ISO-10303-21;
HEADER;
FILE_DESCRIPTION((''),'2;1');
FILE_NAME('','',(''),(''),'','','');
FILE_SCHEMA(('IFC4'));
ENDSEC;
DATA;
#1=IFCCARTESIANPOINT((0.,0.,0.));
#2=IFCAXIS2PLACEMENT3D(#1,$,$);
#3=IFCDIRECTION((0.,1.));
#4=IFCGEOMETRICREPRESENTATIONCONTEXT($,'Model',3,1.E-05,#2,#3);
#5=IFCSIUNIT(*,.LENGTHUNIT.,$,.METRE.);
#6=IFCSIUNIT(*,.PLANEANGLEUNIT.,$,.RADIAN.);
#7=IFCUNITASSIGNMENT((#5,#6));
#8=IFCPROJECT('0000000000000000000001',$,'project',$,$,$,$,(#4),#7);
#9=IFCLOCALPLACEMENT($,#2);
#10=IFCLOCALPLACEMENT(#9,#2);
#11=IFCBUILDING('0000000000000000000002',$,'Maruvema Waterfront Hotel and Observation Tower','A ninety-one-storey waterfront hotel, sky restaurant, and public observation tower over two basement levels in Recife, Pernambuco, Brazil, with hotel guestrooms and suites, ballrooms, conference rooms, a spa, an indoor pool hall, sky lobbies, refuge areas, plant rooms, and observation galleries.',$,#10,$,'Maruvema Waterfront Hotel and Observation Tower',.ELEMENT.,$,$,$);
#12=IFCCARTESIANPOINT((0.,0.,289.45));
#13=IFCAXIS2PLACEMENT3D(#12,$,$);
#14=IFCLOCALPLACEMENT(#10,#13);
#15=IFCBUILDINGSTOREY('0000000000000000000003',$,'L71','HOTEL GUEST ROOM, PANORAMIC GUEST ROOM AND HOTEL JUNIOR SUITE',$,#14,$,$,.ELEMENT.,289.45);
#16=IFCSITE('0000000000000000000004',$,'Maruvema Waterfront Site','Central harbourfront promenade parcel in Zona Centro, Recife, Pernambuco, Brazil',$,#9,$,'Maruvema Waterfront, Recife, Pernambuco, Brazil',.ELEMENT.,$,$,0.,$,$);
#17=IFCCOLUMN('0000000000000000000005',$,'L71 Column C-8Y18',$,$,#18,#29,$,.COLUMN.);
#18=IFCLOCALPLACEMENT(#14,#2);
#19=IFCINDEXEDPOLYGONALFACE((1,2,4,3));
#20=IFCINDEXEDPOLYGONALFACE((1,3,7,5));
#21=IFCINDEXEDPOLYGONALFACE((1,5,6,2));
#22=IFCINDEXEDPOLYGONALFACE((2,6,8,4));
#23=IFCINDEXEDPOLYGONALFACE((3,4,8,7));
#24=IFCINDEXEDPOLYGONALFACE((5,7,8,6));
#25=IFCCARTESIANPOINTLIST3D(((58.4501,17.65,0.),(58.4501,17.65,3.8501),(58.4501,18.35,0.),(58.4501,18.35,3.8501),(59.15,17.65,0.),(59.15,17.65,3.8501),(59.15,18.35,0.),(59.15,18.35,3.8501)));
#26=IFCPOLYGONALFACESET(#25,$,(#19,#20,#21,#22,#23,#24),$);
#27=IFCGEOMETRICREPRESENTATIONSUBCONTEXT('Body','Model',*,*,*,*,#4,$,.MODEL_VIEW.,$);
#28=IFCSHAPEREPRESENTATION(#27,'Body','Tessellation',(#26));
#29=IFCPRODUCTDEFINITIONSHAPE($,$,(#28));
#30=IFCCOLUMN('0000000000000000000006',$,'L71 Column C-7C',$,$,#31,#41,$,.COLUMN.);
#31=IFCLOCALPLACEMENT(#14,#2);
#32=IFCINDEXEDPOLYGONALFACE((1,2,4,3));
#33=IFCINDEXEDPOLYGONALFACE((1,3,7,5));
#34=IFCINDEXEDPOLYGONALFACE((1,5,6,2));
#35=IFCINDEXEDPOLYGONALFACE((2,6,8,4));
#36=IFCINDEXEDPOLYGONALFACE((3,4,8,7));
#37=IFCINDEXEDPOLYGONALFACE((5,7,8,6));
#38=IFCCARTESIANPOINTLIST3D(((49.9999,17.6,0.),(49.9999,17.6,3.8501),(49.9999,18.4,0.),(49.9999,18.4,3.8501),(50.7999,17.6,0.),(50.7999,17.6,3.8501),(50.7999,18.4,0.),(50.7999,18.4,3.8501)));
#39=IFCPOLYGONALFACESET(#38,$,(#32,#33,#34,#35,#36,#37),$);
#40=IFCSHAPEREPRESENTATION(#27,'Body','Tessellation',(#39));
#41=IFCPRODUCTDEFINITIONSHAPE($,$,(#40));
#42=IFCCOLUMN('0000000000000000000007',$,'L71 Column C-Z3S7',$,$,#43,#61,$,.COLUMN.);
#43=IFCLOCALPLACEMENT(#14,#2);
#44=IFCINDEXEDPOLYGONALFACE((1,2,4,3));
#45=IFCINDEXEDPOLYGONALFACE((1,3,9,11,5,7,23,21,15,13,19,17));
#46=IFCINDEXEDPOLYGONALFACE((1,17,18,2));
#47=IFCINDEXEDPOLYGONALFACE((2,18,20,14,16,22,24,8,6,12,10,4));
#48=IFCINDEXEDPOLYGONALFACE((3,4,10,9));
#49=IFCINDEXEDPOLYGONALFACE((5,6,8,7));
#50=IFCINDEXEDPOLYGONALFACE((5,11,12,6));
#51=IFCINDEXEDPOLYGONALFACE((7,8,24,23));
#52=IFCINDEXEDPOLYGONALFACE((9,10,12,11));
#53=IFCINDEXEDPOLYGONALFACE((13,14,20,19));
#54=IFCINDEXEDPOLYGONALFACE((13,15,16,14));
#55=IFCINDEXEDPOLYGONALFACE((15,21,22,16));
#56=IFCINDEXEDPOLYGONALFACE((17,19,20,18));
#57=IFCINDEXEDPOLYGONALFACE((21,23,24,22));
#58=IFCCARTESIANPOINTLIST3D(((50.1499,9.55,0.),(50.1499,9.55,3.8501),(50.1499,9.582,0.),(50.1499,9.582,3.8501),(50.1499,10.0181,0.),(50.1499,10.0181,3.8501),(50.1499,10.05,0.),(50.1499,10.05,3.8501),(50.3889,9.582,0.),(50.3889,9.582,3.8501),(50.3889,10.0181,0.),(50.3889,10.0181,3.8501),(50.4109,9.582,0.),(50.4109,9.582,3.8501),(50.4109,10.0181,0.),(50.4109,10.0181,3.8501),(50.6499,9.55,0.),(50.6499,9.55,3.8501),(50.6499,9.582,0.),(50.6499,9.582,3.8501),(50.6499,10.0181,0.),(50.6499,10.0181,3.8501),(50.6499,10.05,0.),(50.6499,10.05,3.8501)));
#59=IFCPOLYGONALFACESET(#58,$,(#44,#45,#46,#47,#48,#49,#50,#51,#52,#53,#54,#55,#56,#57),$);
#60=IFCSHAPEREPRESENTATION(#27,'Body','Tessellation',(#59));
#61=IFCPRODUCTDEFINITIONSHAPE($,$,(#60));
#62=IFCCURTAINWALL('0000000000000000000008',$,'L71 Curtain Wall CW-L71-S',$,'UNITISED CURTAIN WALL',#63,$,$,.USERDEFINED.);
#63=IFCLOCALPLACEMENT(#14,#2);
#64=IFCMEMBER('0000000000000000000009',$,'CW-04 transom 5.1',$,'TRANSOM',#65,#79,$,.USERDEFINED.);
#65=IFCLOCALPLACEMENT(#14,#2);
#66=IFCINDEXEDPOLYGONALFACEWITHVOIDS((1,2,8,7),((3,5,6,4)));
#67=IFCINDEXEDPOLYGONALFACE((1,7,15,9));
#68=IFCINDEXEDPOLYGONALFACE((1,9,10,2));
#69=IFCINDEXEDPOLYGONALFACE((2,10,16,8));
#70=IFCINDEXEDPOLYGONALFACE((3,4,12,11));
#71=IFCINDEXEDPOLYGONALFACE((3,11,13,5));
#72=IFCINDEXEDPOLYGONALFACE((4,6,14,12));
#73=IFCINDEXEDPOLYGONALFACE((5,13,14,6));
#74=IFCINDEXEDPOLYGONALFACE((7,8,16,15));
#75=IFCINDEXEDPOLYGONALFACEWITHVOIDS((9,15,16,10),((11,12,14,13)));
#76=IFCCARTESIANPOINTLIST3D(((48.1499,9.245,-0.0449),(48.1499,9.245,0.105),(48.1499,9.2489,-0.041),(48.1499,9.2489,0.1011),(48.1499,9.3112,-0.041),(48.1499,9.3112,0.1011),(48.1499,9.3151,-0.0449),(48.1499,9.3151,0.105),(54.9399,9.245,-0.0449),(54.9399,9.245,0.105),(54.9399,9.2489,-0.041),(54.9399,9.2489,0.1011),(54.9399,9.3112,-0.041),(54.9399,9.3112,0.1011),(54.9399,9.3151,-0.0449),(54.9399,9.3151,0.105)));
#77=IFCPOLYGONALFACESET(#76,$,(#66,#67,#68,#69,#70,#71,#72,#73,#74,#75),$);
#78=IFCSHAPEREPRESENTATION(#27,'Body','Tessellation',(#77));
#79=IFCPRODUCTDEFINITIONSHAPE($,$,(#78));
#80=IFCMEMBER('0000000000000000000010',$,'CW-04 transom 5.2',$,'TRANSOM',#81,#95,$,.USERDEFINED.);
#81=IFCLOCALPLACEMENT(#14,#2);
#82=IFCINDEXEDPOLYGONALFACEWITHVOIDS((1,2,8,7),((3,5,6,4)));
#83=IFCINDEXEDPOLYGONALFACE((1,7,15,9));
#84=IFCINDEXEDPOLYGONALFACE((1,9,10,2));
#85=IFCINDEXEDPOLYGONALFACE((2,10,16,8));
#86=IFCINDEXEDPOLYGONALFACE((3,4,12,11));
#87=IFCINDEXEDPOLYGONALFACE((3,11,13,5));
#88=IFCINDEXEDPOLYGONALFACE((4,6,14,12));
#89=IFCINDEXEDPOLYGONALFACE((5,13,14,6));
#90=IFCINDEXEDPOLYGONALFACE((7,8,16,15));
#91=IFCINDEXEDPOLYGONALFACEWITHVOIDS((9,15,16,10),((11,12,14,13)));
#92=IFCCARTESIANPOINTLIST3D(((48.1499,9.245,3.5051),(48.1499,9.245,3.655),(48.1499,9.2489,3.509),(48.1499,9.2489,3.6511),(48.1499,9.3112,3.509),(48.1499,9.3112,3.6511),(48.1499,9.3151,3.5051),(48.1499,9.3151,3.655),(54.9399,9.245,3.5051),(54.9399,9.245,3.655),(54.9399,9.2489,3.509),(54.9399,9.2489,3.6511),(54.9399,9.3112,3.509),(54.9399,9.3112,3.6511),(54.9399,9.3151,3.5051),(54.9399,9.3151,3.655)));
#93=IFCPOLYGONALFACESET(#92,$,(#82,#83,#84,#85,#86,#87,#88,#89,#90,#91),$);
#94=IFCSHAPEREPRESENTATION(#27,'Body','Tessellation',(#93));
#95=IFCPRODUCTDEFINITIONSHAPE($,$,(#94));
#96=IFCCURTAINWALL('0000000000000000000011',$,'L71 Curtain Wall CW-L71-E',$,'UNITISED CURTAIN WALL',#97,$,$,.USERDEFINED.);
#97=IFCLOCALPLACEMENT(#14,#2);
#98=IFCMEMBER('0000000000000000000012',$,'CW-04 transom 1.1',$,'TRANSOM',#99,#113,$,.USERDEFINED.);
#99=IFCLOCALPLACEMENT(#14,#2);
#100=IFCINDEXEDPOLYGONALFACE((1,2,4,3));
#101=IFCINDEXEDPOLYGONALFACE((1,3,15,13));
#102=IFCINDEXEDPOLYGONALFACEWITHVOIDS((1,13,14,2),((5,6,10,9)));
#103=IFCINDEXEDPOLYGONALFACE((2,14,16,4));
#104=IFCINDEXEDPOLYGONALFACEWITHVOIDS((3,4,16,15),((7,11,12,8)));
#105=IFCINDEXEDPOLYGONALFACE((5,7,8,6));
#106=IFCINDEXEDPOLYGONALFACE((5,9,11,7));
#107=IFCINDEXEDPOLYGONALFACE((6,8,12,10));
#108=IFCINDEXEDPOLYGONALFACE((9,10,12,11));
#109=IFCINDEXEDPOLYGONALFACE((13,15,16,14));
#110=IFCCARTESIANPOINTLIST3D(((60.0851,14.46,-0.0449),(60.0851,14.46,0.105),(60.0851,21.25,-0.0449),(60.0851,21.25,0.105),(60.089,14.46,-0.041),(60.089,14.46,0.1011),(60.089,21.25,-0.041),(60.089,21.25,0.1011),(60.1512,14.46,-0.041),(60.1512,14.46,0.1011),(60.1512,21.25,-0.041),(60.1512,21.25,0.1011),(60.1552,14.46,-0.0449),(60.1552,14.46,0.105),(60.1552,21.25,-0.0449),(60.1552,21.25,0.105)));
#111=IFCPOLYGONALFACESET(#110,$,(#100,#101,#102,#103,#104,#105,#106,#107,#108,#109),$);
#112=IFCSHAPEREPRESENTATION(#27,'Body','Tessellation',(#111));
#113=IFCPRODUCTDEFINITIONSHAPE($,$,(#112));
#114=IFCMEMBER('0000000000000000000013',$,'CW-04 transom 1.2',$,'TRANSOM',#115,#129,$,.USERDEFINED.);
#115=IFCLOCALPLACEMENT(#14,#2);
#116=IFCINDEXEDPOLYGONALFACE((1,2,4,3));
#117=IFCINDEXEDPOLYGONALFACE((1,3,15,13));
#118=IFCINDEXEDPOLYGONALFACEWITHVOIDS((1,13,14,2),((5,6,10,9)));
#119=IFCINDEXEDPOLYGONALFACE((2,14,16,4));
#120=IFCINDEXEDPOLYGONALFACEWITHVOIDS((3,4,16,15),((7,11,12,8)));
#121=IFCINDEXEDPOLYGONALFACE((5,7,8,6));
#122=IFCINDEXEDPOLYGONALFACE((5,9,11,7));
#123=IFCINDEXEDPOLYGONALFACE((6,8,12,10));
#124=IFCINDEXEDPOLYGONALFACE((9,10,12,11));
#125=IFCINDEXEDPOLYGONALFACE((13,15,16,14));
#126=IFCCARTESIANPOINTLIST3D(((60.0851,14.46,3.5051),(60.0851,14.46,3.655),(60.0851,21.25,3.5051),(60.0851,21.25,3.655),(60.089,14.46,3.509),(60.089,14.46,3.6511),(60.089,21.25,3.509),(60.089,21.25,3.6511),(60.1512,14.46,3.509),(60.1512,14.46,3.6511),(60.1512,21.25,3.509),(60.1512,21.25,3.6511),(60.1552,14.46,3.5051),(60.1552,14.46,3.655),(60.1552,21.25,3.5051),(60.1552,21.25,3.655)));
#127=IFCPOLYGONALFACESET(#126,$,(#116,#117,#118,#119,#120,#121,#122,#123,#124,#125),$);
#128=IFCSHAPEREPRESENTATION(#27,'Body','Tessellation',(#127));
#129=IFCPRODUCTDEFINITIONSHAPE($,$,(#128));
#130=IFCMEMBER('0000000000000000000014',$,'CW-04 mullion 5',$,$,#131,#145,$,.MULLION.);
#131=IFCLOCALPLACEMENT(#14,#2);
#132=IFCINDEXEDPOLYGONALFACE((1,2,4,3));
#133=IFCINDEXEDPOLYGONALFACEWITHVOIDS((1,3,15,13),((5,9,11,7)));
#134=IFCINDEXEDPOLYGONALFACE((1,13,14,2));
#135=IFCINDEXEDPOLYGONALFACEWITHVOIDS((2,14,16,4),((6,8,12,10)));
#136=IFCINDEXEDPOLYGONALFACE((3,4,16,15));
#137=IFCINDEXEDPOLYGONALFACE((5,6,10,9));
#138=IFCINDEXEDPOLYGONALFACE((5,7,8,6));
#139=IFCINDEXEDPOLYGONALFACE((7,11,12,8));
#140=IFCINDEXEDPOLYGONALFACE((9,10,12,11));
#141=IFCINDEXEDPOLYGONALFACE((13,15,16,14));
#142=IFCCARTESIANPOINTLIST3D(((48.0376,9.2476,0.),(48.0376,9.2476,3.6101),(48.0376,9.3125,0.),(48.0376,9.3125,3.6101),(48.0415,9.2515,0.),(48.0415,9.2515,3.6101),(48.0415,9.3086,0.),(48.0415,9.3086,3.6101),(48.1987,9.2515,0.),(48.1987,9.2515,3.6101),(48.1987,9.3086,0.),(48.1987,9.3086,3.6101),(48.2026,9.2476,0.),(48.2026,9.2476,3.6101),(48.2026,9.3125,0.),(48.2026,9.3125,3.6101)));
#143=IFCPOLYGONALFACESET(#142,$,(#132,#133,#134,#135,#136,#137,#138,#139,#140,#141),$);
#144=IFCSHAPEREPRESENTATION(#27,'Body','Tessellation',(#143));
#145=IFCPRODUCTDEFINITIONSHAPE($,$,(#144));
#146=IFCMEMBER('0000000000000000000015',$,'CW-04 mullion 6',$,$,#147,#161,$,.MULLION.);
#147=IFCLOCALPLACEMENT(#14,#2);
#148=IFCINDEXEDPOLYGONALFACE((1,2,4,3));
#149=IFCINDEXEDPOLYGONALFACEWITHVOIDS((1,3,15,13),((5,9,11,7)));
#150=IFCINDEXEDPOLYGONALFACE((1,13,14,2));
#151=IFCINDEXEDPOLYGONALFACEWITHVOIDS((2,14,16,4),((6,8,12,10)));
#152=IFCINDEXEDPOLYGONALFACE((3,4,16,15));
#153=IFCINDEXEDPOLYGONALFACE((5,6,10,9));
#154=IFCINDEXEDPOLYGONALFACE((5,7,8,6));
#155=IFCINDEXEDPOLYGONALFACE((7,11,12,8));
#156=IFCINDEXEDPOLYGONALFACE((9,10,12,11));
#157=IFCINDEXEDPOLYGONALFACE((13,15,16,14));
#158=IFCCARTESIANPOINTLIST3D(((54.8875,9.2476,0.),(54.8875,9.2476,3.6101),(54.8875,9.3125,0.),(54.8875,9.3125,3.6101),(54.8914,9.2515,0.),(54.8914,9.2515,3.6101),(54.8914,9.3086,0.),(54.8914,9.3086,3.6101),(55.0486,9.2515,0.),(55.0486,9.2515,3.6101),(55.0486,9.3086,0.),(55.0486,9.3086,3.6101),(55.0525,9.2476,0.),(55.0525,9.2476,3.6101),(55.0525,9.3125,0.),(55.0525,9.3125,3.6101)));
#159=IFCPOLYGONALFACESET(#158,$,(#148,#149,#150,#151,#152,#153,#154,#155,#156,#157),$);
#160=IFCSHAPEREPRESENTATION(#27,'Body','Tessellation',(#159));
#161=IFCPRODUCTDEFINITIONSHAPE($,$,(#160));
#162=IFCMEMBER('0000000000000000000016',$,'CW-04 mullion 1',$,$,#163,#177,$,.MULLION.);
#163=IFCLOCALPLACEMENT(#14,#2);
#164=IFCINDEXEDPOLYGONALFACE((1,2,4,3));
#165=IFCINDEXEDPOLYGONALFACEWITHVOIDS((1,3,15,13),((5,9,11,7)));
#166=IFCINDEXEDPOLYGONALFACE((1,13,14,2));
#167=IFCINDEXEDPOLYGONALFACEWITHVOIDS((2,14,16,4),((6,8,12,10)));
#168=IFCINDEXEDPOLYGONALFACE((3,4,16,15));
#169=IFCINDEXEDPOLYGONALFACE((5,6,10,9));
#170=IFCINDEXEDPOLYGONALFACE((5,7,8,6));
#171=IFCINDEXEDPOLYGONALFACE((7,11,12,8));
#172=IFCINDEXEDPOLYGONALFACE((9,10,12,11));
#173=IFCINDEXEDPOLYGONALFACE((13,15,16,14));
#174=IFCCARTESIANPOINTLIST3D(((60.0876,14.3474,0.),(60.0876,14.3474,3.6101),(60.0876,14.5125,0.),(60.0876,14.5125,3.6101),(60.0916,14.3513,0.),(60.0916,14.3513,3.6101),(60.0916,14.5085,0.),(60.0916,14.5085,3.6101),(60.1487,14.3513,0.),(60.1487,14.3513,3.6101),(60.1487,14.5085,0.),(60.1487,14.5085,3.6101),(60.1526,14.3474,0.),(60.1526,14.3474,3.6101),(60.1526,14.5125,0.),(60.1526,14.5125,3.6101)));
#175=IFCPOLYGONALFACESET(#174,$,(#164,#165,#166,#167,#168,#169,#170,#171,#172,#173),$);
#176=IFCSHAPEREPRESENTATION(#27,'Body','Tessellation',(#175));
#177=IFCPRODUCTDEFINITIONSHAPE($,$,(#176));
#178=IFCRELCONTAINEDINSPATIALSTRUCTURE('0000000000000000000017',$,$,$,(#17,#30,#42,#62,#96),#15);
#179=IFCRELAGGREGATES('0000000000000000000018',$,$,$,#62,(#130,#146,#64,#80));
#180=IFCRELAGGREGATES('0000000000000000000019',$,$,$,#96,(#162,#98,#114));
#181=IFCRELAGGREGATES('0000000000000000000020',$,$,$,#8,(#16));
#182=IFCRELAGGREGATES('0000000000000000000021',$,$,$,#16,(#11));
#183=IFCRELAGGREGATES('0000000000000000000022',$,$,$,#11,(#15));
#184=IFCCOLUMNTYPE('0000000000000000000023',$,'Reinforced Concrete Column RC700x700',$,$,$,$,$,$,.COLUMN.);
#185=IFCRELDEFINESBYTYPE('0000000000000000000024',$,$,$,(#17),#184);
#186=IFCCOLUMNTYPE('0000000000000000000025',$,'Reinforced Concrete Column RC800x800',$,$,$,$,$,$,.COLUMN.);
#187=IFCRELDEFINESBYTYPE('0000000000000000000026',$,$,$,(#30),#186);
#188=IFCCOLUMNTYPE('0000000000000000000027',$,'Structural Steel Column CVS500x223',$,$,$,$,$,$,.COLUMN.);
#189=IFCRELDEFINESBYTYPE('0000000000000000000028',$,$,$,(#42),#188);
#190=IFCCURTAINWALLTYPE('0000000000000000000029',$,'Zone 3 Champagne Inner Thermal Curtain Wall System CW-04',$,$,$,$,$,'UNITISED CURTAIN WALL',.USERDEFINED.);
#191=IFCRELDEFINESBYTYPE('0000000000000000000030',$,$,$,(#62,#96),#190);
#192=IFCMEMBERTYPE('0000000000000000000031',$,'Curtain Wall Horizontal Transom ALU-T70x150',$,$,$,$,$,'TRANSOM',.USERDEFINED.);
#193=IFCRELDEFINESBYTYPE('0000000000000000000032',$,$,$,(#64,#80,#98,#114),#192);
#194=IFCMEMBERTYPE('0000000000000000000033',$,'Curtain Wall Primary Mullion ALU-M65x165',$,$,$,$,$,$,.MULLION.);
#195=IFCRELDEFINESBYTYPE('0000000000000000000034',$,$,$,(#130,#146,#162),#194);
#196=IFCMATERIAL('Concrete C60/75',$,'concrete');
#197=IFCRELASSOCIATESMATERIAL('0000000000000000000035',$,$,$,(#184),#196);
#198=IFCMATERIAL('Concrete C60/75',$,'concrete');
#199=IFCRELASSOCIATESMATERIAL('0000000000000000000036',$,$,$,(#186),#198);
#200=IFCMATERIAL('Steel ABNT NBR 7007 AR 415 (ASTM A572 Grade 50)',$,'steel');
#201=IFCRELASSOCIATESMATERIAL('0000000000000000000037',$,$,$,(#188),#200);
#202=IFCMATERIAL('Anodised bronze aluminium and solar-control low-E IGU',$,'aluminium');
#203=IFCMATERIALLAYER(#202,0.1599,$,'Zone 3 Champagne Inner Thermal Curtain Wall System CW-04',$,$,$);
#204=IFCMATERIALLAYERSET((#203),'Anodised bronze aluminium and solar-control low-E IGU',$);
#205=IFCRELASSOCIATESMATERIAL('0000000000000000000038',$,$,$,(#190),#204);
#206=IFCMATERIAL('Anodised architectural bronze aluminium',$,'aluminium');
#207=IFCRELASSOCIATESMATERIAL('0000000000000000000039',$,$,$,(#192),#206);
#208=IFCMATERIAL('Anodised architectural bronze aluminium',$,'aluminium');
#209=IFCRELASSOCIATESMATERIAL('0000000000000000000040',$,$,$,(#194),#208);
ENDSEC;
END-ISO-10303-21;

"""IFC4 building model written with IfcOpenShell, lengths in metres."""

from ifc_helpers import new_model, si_unit, direction, frame, origin, origin_2d, place, context, subcontext, project, spatial, rectangle, hollow_rectangle, i_section, extrude, material, layer, layer_set, material_profile, profile_set, type_object, element, aggregate, save


model = new_model("IFC4")

# Units and contexts
model_context = context("Model", 3, precision=1e-05, world=origin(), true_north=direction((0.0, 1.0)))
body_context = subcontext(model_context, "Body", "Model", "MODEL_VIEW")
ifc_project = project(units=[si_unit("LENGTHUNIT", "METRE"), si_unit("PLANEANGLEUNIT", "RADIAN")], contexts=[model_context])

# Site, building, storey
site_placement = place(None, origin())
site = spatial("IfcSite", under=ifc_project, at=site_placement, Name="Maruvema Waterfront Site", Description="Central harbourfront promenade parcel in Zona Centro, Recife, Pernambuco, Brazil", LongName="Maruvema Waterfront, Recife, Pernambuco, Brazil", CompositionType="ELEMENT", RefElevation=0.0)
building_placement = place(site_placement, origin())
building = spatial("IfcBuilding", under=site, at=building_placement, Name="Maruvema Waterfront Hotel and Observation Tower", Description="A ninety-one-storey waterfront hotel, sky restaurant, and public observation tower over two basement levels in Recife, Pernambuco, Brazil, with hotel guestrooms and suites, ballrooms, conference rooms, a spa, an indoor pool hall, sky lobbies, refuge areas, plant rooms, and observation galleries.", LongName="Maruvema Waterfront Hotel and Observation Tower", CompositionType="ELEMENT")
storey_placement = place(building_placement, frame((0.0, 0.0, 289.45)))
storey = spatial("IfcBuildingStorey", under=building, at=storey_placement, Name="L71", Description="HOTEL GUEST ROOM, PANORAMIC GUEST ROOM AND HOTEL JUNIOR SUITE", CompositionType="ELEMENT", Elevation=289.45)

# Columns
ifc_material_1 = material(Name="Concrete C60/75", Category="concrete")
ifc_material_profile_1 = material_profile(ifc_material_1, rectangle(XDim=0.7, YDim=0.7, at=origin_2d()), Name="RC700x700")
ifc_profile_set_1 = profile_set([ifc_material_profile_1], Name="Concrete C60/75")
column_type_1 = type_object("IfcColumnType", Name="Reinforced Concrete Column RC700x700", PredefinedType="COLUMN", material=ifc_profile_set_1)
column_1_placement = place(storey_placement, frame((58.8, 18.0, 0.0), z_axis=(0.0, 0.0, 1.0), x_axis=(1.0, 0.0, 0.0)))
element("IfcColumn", 1, at=column_1_placement, inside=storey, type_object=column_type_1, Name="L71 Column C-8Y18", PredefinedType="COLUMN", context=body_context, shape_type="SweptSolid", body=[
    extrude(rectangle(XDim=0.7, YDim=0.7, at=origin_2d()), origin(), (0.0, 0.0, 1.0), 3.8501),
])
ifc_material_2 = material(Name="Concrete C60/75", Category="concrete")
ifc_material_profile_2 = material_profile(ifc_material_2, rectangle(XDim=0.8, YDim=0.8, at=origin_2d()), Name="RC800x800")
ifc_profile_set_2 = profile_set([ifc_material_profile_2], Name="Concrete C60/75")
column_type_2 = type_object("IfcColumnType", Name="Reinforced Concrete Column RC800x800", PredefinedType="COLUMN", material=ifc_profile_set_2)
column_2_placement = place(storey_placement, frame((50.3999, 18.0, 0.0), z_axis=(0.0, 0.0, 1.0), x_axis=(1.0, 0.0, 0.0)))
element("IfcColumn", 2, at=column_2_placement, inside=storey, type_object=column_type_2, Name="L71 Column C-7C", PredefinedType="COLUMN", context=body_context, shape_type="SweptSolid", body=[
    extrude(rectangle(XDim=0.8, YDim=0.8, at=origin_2d()), origin(), (0.0, 0.0, 1.0), 3.8501),
])
ifc_material_3 = material(Name="Steel ABNT NBR 7007 AR 415 (ASTM A572 Grade 50)", Category="steel")
ifc_material_profile_3 = material_profile(ifc_material_3, i_section(OverallWidth=0.5, OverallDepth=0.5, WebThickness=0.022, FlangeThickness=0.032, at=origin_2d()), Name="CVS500x223")
ifc_profile_set_3 = profile_set([ifc_material_profile_3], Name="Steel ABNT NBR 7007 AR 415 (ASTM A572 Grade 50)")
column_type_3 = type_object("IfcColumnType", Name="Structural Steel Column CVS500x223", PredefinedType="COLUMN", material=ifc_profile_set_3)
column_3_placement = place(storey_placement, frame((50.3999, 9.8, 0.0), z_axis=(0.0, 0.0, 1.0), x_axis=(1.0, 0.0, 0.0)))
element("IfcColumn", 3, at=column_3_placement, inside=storey, type_object=column_type_3, Name="L71 Column C-Z3S7", PredefinedType="COLUMN", context=body_context, shape_type="SweptSolid", body=[
    extrude(i_section(OverallWidth=0.5, OverallDepth=0.5, WebThickness=0.022, FlangeThickness=0.032, at=origin_2d()), origin(), (0.0, 0.0, 1.0), 3.8501),
])

# Curtain walls, members
ifc_material_4 = material(Name="Anodised bronze aluminium and solar-control low-E IGU", Category="aluminium")
ifc_layer_1 = layer(ifc_material_4, 0.1599, Name="Zone 3 Champagne Inner Thermal Curtain Wall System CW-04")
ifc_layer_set_1 = layer_set([ifc_layer_1], Name="Anodised bronze aluminium and solar-control low-E IGU")
curtain_wall_type = type_object("IfcCurtainWallType", Name="Zone 3 Champagne Inner Thermal Curtain Wall System CW-04", ElementType="UNITISED CURTAIN WALL", PredefinedType="USERDEFINED", material=ifc_layer_set_1)
curtain_wall_1_placement = place(storey_placement, origin())
curtain_wall_1 = element("IfcCurtainWall", 4, at=curtain_wall_1_placement, inside=storey, type_object=curtain_wall_type, Name="L71 Curtain Wall CW-L71-S", ObjectType="UNITISED CURTAIN WALL", PredefinedType="USERDEFINED")
ifc_material_5 = material(Name="Anodised architectural bronze aluminium", Category="aluminium")
ifc_material_profile_4 = material_profile(ifc_material_5, hollow_rectangle(XDim=0.0701, YDim=0.1499, WallThickness=0.0039, at=origin_2d()), Name="ALU-T70x150")
ifc_profile_set_4 = profile_set([ifc_material_profile_4], Name="Anodised architectural bronze aluminium")
member_type_1 = type_object("IfcMemberType", Name="Curtain Wall Horizontal Transom ALU-T70x150", ElementType="TRANSOM", PredefinedType="USERDEFINED", material=ifc_profile_set_4)
member_1_placement = place(storey_placement, frame((48.1499, 9.28, 0.03), z_axis=(1.0, 0.0, 0.0), x_axis=(0.0, 1.0, 0.0)))
member_1 = element("IfcMember", 5, at=member_1_placement, type_object=member_type_1, Name="CW-04 transom 5.1", ObjectType="TRANSOM", PredefinedType="USERDEFINED", context=body_context, shape_type="SweptSolid", body=[
    extrude(hollow_rectangle(XDim=0.0701, YDim=0.1499, WallThickness=0.0039, at=origin_2d()), origin(), (0.0, 0.0, 1.0), 6.79),
])
member_2_placement = place(storey_placement, frame((48.1499, 9.28, 3.5801), z_axis=(1.0, 0.0, 0.0), x_axis=(0.0, 1.0, 0.0)))
member_2 = element("IfcMember", 6, at=member_2_placement, type_object=member_type_1, Name="CW-04 transom 5.2", ObjectType="TRANSOM", PredefinedType="USERDEFINED", context=body_context, shape_type="SweptSolid", body=[
    extrude(hollow_rectangle(XDim=0.0701, YDim=0.1499, WallThickness=0.0039, at=origin_2d()), origin(), (0.0, 0.0, 1.0), 6.79),
])
curtain_wall_2_placement = place(storey_placement, origin())
curtain_wall_2 = element("IfcCurtainWall", 7, at=curtain_wall_2_placement, inside=storey, type_object=curtain_wall_type, Name="L71 Curtain Wall CW-L71-E", ObjectType="UNITISED CURTAIN WALL", PredefinedType="USERDEFINED")
member_3_placement = place(storey_placement, frame((60.1201, 14.46, 0.03), z_axis=(0.0, 1.0, 0.0), x_axis=(-1.0, 0.0, 0.0)))
member_3 = element("IfcMember", 8, at=member_3_placement, type_object=member_type_1, Name="CW-04 transom 1.1", ObjectType="TRANSOM", PredefinedType="USERDEFINED", context=body_context, shape_type="SweptSolid", body=[
    extrude(hollow_rectangle(XDim=0.0701, YDim=0.1499, WallThickness=0.0039, at=origin_2d()), origin(), (0.0, 0.0, 1.0), 6.79),
])
member_4_placement = place(storey_placement, frame((60.1201, 14.46, 3.5801), z_axis=(0.0, 1.0, 0.0), x_axis=(-1.0, 0.0, 0.0)))
member_4 = element("IfcMember", 9, at=member_4_placement, type_object=member_type_1, Name="CW-04 transom 1.2", ObjectType="TRANSOM", PredefinedType="USERDEFINED", context=body_context, shape_type="SweptSolid", body=[
    extrude(hollow_rectangle(XDim=0.0701, YDim=0.1499, WallThickness=0.0039, at=origin_2d()), origin(), (0.0, 0.0, 1.0), 6.79),
])

# Members
ifc_material_6 = material(Name="Anodised architectural bronze aluminium", Category="aluminium")
ifc_material_profile_5 = material_profile(ifc_material_6, hollow_rectangle(XDim=0.0649, YDim=0.165, WallThickness=0.0039, at=origin_2d()), Name="ALU-M65x165")
ifc_profile_set_5 = profile_set([ifc_material_profile_5], Name="Anodised architectural bronze aluminium")
member_type_2 = type_object("IfcMemberType", Name="Curtain Wall Primary Mullion ALU-M65x165", PredefinedType="MULLION", material=ifc_profile_set_5)
member_5_placement = place(storey_placement, frame((48.1201, 9.28, 0.0), z_axis=(0.0, 0.0, 1.0), x_axis=(0.0, 1.0, 0.0)))
member_5 = element("IfcMember", 10, at=member_5_placement, type_object=member_type_2, Name="CW-04 mullion 5", PredefinedType="MULLION", context=body_context, shape_type="SweptSolid", body=[
    extrude(hollow_rectangle(XDim=0.0649, YDim=0.165, WallThickness=0.0039, at=origin_2d()), origin(), (0.0, 0.0, 1.0), 3.6101),
])
member_6_placement = place(storey_placement, frame((54.97, 9.28, 0.0), z_axis=(0.0, 0.0, 1.0), x_axis=(0.0, 1.0, 0.0)))
member_6 = element("IfcMember", 11, at=member_6_placement, type_object=member_type_2, Name="CW-04 mullion 6", PredefinedType="MULLION", context=body_context, shape_type="SweptSolid", body=[
    extrude(hollow_rectangle(XDim=0.0649, YDim=0.165, WallThickness=0.0039, at=origin_2d()), origin(), (0.0, 0.0, 1.0), 3.6101),
])
member_7_placement = place(storey_placement, frame((60.1201, 14.4299, 0.0), z_axis=(0.0, 0.0, 1.0), x_axis=(-1.0, 0.0, 0.0)))
member_7 = element("IfcMember", 12, at=member_7_placement, type_object=member_type_2, Name="CW-04 mullion 1", PredefinedType="MULLION", context=body_context, shape_type="SweptSolid", body=[
    extrude(hollow_rectangle(XDim=0.0649, YDim=0.165, WallThickness=0.0039, at=origin_2d()), origin(), (0.0, 0.0, 1.0), 3.6101),
])

aggregate(curtain_wall_1, [member_5, member_6, member_1, member_2])
aggregate(curtain_wall_2, [member_7, member_3, member_4])

save(model, "model.ifc")
